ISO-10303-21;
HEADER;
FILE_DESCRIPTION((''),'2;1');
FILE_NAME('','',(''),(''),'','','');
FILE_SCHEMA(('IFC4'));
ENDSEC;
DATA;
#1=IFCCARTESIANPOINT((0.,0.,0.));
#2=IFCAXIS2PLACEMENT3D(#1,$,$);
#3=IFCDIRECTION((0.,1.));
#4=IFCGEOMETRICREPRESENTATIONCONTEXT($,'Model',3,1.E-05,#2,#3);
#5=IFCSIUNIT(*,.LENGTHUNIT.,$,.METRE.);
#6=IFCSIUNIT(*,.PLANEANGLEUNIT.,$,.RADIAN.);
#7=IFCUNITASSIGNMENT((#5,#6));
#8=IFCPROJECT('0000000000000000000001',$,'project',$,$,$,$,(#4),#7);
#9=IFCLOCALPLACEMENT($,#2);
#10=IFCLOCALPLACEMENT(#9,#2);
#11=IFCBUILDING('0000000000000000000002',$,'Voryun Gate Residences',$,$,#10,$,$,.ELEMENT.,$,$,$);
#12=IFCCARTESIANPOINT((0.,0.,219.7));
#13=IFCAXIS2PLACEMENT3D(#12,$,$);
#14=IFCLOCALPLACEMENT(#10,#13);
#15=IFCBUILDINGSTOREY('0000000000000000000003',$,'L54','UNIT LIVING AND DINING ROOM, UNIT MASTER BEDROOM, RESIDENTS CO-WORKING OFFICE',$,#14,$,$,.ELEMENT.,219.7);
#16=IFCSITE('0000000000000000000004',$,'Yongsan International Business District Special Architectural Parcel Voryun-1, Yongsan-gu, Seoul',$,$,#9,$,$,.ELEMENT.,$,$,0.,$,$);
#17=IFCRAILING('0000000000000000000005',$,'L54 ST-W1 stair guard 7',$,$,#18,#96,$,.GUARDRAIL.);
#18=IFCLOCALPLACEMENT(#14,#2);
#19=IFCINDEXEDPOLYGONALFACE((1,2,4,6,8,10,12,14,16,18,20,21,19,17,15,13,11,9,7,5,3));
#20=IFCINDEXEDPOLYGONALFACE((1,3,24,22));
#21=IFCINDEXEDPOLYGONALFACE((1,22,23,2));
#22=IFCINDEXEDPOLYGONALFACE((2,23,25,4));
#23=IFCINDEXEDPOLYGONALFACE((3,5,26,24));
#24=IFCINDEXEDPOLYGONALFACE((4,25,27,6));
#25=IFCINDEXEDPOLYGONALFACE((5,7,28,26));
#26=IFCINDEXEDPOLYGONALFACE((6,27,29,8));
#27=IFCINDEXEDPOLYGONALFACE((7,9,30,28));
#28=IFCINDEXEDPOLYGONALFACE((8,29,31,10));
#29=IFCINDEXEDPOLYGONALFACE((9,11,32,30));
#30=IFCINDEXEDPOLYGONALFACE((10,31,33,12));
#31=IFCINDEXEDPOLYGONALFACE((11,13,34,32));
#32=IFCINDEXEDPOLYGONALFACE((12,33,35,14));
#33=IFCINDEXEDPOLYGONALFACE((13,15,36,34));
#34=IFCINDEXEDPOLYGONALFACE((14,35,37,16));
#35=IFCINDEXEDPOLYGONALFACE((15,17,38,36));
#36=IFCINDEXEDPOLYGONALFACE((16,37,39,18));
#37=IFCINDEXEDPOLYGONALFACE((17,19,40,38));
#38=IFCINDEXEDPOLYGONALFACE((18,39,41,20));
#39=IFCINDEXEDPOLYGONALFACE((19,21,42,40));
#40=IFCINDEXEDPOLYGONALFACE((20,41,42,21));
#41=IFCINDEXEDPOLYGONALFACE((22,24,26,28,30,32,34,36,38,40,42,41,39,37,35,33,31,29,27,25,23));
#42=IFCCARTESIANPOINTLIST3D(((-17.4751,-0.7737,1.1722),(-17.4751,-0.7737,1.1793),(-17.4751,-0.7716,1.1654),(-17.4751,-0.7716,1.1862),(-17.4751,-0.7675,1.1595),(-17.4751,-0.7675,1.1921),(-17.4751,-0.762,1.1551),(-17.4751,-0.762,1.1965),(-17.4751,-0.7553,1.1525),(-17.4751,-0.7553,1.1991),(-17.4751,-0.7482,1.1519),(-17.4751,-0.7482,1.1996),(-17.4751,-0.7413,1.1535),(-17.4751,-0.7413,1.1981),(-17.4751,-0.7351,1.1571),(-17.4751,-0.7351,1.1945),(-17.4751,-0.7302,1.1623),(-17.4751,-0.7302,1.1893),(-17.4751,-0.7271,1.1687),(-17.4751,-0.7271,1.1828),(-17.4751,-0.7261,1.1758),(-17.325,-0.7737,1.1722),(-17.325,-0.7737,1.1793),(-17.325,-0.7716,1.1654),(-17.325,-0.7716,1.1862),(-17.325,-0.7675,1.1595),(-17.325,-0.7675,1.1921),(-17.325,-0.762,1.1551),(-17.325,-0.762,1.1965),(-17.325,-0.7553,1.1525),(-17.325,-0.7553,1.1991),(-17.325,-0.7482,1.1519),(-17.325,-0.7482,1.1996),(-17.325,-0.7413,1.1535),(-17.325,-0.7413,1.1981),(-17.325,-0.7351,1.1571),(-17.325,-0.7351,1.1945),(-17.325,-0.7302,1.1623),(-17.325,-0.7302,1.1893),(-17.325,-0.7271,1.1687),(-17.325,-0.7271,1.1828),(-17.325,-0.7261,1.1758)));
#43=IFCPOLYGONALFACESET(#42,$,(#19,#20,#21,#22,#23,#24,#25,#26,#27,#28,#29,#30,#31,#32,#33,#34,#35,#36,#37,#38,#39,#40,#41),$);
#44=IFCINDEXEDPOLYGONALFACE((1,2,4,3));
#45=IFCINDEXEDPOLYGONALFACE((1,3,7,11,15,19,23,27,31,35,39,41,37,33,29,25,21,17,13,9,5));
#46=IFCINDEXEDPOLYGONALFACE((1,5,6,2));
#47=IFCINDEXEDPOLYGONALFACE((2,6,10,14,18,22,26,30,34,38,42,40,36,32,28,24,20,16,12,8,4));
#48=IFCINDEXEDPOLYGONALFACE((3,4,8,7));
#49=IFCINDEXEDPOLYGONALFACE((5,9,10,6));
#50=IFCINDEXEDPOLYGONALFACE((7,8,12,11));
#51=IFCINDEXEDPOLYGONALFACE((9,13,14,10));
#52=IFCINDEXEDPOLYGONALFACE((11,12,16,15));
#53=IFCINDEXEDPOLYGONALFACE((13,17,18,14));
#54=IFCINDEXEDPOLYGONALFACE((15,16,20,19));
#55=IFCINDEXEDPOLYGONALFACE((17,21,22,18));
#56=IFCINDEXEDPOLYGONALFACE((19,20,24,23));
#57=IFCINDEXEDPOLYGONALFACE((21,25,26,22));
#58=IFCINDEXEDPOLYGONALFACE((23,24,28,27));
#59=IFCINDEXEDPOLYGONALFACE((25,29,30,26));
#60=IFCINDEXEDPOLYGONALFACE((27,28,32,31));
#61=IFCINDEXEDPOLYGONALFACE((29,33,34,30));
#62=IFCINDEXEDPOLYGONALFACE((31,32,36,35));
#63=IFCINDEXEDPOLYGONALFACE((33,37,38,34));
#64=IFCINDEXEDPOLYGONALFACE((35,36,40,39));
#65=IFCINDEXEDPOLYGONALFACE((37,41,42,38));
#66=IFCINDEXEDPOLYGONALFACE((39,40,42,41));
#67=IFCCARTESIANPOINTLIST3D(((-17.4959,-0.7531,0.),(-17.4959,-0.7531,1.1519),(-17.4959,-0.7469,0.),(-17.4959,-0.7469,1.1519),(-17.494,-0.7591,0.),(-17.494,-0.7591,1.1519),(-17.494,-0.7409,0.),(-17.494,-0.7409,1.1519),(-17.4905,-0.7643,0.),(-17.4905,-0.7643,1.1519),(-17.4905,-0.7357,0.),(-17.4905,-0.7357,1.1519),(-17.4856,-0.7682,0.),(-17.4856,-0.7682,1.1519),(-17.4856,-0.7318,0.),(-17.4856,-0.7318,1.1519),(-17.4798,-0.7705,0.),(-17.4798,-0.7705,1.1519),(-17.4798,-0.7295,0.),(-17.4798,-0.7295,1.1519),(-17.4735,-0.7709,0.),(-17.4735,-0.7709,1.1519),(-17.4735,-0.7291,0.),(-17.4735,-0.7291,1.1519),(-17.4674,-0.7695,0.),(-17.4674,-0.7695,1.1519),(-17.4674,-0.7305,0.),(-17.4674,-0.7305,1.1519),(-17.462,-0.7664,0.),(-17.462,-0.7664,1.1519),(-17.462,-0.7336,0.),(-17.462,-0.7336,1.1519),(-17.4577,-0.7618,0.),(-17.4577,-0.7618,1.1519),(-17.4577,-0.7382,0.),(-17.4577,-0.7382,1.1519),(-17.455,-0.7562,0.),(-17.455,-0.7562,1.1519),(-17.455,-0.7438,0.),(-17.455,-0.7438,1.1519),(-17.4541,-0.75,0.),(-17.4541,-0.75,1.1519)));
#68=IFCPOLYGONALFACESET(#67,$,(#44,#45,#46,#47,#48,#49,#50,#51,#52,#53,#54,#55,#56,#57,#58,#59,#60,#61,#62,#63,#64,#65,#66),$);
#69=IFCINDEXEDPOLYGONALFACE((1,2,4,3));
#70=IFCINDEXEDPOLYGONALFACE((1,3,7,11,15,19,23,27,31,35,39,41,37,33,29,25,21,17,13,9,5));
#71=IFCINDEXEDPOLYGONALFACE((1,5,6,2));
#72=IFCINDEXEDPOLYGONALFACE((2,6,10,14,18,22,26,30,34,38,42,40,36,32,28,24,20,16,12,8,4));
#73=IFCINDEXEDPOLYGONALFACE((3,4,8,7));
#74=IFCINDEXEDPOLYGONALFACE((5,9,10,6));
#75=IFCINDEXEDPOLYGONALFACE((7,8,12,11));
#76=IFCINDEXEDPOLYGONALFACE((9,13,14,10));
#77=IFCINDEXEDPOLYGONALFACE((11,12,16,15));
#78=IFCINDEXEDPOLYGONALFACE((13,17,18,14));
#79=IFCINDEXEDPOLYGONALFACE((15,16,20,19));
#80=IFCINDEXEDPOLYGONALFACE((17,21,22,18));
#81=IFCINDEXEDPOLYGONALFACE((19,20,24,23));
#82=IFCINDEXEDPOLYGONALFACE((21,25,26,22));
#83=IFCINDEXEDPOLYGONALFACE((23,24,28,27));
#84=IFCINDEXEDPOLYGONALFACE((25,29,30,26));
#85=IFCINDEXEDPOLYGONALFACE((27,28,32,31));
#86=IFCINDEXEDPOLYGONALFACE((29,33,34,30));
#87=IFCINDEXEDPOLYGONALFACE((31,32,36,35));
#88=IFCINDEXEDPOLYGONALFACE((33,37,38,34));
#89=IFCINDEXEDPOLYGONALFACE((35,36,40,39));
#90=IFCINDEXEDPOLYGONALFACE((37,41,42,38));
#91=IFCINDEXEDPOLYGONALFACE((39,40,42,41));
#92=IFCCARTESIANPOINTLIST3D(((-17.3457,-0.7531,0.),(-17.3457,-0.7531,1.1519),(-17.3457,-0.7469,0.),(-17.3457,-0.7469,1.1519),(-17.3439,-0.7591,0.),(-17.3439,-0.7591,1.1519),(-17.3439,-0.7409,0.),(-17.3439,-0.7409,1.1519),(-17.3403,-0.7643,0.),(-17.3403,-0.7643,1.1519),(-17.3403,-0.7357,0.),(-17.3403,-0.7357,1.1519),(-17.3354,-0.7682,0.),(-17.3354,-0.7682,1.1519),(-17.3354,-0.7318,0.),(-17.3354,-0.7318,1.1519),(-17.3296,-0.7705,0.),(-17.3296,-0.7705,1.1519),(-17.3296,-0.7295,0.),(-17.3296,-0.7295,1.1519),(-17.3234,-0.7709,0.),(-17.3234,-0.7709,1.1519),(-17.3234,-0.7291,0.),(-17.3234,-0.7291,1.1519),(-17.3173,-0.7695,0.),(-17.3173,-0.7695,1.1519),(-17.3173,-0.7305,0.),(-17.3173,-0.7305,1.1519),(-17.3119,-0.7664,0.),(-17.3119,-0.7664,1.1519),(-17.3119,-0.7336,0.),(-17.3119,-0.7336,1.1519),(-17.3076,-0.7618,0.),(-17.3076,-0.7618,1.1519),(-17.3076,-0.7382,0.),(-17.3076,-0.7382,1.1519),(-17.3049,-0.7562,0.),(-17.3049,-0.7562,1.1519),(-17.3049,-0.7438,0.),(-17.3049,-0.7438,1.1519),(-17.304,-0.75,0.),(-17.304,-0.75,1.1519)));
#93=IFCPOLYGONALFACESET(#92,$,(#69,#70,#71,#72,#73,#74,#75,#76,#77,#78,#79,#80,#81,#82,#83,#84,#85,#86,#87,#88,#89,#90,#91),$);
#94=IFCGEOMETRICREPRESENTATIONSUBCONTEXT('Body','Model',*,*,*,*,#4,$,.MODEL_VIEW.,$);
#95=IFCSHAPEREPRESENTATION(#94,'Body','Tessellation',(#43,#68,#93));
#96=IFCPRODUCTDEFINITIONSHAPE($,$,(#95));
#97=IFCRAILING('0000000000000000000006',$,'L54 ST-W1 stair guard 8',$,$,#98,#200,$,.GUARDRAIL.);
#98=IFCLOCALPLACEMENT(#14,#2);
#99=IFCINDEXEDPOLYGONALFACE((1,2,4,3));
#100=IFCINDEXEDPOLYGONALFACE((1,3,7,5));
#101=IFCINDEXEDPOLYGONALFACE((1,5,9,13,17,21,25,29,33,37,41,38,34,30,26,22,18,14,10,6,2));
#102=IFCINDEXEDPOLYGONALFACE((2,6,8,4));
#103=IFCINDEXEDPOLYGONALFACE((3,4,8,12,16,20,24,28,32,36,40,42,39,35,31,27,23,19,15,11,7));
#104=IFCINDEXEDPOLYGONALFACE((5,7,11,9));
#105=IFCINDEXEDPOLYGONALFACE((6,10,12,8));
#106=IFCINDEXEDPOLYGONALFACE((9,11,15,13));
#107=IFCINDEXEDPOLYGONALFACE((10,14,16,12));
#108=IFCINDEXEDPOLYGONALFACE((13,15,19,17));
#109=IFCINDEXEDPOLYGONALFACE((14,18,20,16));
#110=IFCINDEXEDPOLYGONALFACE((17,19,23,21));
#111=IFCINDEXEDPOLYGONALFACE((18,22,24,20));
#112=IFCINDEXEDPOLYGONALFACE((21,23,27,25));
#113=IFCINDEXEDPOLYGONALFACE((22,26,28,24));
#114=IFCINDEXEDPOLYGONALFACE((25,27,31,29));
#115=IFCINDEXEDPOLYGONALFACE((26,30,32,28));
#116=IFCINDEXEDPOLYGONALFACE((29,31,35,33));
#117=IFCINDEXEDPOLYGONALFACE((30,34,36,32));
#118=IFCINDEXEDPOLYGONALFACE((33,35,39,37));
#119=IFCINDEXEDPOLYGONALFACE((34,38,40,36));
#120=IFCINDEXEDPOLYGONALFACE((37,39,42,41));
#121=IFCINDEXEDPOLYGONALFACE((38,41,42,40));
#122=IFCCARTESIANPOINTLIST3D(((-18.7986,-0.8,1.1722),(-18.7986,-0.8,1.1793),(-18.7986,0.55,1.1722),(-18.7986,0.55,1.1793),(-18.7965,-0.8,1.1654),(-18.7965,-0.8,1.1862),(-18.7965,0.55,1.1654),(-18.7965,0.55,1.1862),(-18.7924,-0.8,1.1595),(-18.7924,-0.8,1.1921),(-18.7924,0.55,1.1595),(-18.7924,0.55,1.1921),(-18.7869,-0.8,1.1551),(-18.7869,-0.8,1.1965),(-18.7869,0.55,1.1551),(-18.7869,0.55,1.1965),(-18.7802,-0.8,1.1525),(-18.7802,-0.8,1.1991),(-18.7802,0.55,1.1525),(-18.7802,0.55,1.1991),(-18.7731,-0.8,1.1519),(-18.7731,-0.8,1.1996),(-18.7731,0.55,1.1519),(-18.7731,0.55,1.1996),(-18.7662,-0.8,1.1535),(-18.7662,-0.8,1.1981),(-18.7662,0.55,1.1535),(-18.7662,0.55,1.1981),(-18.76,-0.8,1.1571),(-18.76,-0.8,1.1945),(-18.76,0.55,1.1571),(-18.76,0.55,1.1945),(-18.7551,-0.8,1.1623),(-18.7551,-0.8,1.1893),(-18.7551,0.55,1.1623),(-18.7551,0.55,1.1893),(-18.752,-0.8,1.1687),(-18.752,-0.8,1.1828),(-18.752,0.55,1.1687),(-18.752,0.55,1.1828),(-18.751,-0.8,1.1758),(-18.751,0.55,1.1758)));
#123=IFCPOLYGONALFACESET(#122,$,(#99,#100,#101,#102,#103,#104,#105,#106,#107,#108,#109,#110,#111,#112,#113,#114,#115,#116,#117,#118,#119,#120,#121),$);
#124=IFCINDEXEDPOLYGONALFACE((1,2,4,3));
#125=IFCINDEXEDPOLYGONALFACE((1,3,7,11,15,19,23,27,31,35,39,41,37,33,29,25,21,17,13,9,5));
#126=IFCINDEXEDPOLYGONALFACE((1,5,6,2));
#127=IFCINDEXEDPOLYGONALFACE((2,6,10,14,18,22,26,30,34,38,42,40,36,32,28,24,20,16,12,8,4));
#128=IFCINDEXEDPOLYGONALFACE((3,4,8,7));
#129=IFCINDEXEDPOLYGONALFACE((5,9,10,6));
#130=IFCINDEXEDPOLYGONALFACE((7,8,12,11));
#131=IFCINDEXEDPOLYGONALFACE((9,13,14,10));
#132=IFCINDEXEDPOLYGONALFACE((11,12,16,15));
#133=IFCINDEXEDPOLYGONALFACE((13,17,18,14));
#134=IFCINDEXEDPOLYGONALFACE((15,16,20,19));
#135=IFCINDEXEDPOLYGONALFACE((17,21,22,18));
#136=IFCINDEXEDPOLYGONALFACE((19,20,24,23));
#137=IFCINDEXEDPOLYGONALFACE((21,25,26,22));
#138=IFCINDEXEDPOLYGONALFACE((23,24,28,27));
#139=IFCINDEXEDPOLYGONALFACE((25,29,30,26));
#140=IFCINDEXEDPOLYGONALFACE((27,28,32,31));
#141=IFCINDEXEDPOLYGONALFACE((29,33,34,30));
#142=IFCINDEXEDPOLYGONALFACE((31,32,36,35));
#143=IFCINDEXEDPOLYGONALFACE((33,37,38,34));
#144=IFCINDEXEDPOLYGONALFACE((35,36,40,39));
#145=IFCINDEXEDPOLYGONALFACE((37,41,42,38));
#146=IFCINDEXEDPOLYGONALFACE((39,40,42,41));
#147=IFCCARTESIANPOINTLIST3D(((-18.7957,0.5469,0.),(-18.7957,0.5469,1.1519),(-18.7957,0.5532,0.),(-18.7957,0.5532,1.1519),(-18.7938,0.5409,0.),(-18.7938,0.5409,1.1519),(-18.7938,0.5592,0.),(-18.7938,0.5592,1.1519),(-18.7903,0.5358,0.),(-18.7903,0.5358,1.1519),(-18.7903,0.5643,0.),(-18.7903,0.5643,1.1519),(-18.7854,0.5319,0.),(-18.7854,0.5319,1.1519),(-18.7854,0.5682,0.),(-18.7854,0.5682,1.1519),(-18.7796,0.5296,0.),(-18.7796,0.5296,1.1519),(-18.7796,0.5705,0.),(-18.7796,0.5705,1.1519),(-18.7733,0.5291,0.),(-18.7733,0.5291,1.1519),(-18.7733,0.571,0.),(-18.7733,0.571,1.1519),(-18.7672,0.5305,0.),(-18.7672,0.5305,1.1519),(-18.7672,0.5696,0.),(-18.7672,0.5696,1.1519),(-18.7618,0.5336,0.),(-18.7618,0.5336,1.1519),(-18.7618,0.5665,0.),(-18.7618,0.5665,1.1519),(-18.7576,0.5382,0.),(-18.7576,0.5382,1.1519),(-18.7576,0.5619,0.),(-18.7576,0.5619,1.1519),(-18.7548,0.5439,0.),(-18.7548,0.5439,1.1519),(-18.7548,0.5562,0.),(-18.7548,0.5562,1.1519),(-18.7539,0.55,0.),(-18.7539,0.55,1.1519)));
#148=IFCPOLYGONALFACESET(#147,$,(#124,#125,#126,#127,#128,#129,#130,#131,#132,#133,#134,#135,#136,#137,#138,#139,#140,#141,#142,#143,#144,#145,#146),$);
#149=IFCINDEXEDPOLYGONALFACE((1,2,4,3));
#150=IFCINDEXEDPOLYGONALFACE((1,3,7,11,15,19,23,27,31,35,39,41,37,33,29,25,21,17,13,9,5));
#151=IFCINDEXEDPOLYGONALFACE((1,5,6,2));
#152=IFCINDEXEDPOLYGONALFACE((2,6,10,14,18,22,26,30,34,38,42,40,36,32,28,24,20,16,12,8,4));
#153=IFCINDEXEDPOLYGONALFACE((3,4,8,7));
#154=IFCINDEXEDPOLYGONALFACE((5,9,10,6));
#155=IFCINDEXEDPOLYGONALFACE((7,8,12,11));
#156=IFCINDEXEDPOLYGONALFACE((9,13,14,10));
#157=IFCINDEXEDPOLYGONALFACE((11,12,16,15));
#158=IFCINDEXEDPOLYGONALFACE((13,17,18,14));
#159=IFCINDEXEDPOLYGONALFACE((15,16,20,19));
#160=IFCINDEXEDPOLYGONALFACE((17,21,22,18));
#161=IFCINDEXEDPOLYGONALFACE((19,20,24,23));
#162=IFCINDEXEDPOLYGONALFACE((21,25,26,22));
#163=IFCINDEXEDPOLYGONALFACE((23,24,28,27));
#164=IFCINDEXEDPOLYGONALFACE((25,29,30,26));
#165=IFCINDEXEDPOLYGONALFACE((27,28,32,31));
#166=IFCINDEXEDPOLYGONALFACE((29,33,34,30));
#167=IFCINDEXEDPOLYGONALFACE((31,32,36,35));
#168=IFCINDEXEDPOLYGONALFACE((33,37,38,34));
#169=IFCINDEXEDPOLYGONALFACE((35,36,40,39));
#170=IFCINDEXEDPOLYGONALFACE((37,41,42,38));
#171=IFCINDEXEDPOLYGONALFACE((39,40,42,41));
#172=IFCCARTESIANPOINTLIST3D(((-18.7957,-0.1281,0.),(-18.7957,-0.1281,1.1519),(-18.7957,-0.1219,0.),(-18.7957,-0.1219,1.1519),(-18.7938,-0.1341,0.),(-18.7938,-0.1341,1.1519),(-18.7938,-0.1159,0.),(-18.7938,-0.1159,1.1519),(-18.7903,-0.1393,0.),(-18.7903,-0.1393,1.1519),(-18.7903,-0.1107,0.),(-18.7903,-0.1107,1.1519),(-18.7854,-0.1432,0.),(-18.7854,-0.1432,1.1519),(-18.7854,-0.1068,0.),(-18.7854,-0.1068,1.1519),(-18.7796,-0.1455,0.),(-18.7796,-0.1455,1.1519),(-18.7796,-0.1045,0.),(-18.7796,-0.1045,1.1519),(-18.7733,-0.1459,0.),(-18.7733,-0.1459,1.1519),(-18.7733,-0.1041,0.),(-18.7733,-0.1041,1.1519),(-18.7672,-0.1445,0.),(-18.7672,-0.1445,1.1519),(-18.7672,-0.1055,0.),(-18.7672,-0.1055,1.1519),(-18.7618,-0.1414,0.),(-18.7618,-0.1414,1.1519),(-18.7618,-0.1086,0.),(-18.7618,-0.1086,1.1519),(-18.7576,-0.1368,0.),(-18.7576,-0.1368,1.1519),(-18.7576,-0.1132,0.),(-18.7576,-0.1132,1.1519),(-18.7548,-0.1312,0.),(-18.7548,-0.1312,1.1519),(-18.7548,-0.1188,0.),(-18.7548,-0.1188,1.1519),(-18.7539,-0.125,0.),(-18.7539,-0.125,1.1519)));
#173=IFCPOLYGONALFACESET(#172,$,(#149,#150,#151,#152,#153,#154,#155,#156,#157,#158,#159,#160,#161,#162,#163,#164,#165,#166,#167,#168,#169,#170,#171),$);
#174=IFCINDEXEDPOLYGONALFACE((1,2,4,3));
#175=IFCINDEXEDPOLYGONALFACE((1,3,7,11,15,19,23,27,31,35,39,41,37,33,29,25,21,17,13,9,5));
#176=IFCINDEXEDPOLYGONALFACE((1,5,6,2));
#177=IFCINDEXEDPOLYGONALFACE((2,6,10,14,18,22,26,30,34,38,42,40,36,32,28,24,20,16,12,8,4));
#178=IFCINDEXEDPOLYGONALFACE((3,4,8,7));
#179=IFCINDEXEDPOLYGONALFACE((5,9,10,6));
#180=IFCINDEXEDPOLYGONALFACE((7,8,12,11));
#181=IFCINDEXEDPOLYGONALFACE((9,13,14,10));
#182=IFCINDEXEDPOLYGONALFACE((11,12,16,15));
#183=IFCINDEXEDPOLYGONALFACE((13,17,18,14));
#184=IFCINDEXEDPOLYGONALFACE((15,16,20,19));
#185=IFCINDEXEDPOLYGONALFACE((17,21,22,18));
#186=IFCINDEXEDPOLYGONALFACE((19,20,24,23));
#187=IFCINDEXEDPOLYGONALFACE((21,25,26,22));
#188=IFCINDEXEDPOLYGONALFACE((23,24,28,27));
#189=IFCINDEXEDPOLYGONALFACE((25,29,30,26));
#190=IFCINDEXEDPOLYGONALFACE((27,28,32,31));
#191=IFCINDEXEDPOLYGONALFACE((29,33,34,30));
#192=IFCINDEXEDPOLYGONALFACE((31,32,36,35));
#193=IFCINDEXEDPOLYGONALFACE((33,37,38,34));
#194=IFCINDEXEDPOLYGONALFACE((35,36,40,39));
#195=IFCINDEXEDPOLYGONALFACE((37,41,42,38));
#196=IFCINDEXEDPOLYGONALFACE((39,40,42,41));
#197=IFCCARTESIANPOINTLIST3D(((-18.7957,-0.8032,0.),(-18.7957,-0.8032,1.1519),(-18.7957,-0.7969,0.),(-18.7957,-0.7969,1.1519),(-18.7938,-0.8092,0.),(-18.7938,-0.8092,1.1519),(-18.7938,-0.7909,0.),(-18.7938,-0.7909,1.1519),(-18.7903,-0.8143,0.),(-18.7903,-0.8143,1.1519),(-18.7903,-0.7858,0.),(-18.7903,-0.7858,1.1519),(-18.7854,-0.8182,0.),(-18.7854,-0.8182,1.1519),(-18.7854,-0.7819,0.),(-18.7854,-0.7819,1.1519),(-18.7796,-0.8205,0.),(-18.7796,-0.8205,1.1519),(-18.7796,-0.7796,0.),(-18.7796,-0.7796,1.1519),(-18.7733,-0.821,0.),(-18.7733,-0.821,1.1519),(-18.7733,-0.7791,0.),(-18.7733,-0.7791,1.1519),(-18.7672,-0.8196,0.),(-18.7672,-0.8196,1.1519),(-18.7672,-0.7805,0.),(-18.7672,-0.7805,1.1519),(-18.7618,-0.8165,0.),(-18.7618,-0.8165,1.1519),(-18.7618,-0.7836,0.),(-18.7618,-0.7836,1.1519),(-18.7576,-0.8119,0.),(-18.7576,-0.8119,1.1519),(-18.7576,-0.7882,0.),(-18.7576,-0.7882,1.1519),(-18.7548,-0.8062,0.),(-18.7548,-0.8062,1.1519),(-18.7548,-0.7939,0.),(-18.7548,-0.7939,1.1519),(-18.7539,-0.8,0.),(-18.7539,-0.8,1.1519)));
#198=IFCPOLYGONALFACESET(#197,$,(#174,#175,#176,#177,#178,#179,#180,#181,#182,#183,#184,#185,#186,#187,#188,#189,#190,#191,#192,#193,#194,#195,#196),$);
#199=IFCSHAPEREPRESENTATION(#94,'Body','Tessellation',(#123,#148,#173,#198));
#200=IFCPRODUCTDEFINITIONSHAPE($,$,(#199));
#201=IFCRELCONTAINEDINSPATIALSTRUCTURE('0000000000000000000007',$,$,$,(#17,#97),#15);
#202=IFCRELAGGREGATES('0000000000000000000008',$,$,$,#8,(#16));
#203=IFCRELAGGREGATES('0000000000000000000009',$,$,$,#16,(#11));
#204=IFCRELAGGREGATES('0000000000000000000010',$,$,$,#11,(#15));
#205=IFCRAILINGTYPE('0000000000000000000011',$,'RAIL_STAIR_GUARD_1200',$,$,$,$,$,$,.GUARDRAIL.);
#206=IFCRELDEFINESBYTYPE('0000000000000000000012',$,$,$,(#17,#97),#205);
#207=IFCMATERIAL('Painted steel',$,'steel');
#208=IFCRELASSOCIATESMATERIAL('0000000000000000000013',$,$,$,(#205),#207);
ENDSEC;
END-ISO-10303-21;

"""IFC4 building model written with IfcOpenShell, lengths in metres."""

from ifc_helpers import new_model, si_unit, direction, frame, origin, origin_2d, place, context, subcontext, project, spatial, circle, extrude, material, type_object, element, save


model = new_model("IFC4")

# Units and contexts
model_context = context("Model", 3, precision=1e-05, world=origin(), true_north=direction((0.0, 1.0)))
body_context = subcontext(model_context, "Body", "Model", "MODEL_VIEW")
ifc_project = project(units=[si_unit("LENGTHUNIT", "METRE"), si_unit("PLANEANGLEUNIT", "RADIAN")], contexts=[model_context])

# Site, building, storey
site_placement = place(None, origin())
site = spatial("IfcSite", under=ifc_project, at=site_placement, Name="Yongsan International Business District Special Architectural Parcel Voryun-1, Yongsan-gu, Seoul", CompositionType="ELEMENT", RefElevation=0.0)
building_placement = place(site_placement, origin())
building = spatial("IfcBuilding", under=site, at=building_placement, Name="Voryun Gate Residences", CompositionType="ELEMENT")
storey_placement = place(building_placement, frame((0.0, 0.0, 219.7)))
storey = spatial("IfcBuildingStorey", under=building, at=storey_placement, Name="L54", Description="UNIT LIVING AND DINING ROOM, UNIT MASTER BEDROOM, RESIDENTS CO-WORKING OFFICE", CompositionType="ELEMENT", Elevation=219.7)

# Railings
ifc_material_1 = material(Name="Painted steel", Category="steel")
railing_type = type_object("IfcRailingType", Name="RAIL_STAIR_GUARD_1200", PredefinedType="GUARDRAIL", material=ifc_material_1)
railing_1_placement = place(storey_placement, frame((-17.4751, -0.75, 0.0)))
element("IfcRailing", 1, at=railing_1_placement, inside=storey, type_object=railing_type, Name="L54 ST-W1 stair guard 7", PredefinedType="GUARDRAIL", context=body_context, shape_type="SweptSolid", body=[
    extrude(circle(Radius=0.0239, at=origin_2d()), frame((0.0, 0.0, 1.1758), z_axis=(1.0, 0.0, 0.0), x_axis=(0.0, 1.0, 0.0)), (0.0, 0.0, 1.0), 0.1501),
    extrude(circle(Radius=0.021, at=origin_2d()), origin(), (0.0, 0.0, 1.0), 1.1519),
    extrude(circle(Radius=0.021, at=origin_2d()), frame((0.1501, 0.0, 0.0)), (0.0, 0.0, 1.0), 1.1519),
])
railing_2_placement = place(storey_placement, frame((-18.7749, 0.55, 0.0)))
element("IfcRailing", 2, at=railing_2_placement, inside=storey, type_object=railing_type, Name="L54 ST-W1 stair guard 8", PredefinedType="GUARDRAIL", context=body_context, shape_type="SweptSolid", body=[
    extrude(circle(Radius=0.0239, at=origin_2d()), frame((0.0, 0.0, 1.1758), z_axis=(0.0, -1.0, 0.0), x_axis=(1.0, 0.0, 0.0)), (0.0, 0.0, 1.0), 1.3501),
    extrude(circle(Radius=0.021, at=origin_2d()), origin(), (0.0, 0.0, 1.0), 1.1519),
    extrude(circle(Radius=0.021, at=origin_2d()), frame((0.0, -0.675, 0.0)), (0.0, 0.0, 1.0), 1.1519),
    extrude(circle(Radius=0.021, at=origin_2d()), frame((0.0, -1.3501, 0.0)), (0.0, 0.0, 1.0), 1.1519),
])

save(model, "model.ifc")
